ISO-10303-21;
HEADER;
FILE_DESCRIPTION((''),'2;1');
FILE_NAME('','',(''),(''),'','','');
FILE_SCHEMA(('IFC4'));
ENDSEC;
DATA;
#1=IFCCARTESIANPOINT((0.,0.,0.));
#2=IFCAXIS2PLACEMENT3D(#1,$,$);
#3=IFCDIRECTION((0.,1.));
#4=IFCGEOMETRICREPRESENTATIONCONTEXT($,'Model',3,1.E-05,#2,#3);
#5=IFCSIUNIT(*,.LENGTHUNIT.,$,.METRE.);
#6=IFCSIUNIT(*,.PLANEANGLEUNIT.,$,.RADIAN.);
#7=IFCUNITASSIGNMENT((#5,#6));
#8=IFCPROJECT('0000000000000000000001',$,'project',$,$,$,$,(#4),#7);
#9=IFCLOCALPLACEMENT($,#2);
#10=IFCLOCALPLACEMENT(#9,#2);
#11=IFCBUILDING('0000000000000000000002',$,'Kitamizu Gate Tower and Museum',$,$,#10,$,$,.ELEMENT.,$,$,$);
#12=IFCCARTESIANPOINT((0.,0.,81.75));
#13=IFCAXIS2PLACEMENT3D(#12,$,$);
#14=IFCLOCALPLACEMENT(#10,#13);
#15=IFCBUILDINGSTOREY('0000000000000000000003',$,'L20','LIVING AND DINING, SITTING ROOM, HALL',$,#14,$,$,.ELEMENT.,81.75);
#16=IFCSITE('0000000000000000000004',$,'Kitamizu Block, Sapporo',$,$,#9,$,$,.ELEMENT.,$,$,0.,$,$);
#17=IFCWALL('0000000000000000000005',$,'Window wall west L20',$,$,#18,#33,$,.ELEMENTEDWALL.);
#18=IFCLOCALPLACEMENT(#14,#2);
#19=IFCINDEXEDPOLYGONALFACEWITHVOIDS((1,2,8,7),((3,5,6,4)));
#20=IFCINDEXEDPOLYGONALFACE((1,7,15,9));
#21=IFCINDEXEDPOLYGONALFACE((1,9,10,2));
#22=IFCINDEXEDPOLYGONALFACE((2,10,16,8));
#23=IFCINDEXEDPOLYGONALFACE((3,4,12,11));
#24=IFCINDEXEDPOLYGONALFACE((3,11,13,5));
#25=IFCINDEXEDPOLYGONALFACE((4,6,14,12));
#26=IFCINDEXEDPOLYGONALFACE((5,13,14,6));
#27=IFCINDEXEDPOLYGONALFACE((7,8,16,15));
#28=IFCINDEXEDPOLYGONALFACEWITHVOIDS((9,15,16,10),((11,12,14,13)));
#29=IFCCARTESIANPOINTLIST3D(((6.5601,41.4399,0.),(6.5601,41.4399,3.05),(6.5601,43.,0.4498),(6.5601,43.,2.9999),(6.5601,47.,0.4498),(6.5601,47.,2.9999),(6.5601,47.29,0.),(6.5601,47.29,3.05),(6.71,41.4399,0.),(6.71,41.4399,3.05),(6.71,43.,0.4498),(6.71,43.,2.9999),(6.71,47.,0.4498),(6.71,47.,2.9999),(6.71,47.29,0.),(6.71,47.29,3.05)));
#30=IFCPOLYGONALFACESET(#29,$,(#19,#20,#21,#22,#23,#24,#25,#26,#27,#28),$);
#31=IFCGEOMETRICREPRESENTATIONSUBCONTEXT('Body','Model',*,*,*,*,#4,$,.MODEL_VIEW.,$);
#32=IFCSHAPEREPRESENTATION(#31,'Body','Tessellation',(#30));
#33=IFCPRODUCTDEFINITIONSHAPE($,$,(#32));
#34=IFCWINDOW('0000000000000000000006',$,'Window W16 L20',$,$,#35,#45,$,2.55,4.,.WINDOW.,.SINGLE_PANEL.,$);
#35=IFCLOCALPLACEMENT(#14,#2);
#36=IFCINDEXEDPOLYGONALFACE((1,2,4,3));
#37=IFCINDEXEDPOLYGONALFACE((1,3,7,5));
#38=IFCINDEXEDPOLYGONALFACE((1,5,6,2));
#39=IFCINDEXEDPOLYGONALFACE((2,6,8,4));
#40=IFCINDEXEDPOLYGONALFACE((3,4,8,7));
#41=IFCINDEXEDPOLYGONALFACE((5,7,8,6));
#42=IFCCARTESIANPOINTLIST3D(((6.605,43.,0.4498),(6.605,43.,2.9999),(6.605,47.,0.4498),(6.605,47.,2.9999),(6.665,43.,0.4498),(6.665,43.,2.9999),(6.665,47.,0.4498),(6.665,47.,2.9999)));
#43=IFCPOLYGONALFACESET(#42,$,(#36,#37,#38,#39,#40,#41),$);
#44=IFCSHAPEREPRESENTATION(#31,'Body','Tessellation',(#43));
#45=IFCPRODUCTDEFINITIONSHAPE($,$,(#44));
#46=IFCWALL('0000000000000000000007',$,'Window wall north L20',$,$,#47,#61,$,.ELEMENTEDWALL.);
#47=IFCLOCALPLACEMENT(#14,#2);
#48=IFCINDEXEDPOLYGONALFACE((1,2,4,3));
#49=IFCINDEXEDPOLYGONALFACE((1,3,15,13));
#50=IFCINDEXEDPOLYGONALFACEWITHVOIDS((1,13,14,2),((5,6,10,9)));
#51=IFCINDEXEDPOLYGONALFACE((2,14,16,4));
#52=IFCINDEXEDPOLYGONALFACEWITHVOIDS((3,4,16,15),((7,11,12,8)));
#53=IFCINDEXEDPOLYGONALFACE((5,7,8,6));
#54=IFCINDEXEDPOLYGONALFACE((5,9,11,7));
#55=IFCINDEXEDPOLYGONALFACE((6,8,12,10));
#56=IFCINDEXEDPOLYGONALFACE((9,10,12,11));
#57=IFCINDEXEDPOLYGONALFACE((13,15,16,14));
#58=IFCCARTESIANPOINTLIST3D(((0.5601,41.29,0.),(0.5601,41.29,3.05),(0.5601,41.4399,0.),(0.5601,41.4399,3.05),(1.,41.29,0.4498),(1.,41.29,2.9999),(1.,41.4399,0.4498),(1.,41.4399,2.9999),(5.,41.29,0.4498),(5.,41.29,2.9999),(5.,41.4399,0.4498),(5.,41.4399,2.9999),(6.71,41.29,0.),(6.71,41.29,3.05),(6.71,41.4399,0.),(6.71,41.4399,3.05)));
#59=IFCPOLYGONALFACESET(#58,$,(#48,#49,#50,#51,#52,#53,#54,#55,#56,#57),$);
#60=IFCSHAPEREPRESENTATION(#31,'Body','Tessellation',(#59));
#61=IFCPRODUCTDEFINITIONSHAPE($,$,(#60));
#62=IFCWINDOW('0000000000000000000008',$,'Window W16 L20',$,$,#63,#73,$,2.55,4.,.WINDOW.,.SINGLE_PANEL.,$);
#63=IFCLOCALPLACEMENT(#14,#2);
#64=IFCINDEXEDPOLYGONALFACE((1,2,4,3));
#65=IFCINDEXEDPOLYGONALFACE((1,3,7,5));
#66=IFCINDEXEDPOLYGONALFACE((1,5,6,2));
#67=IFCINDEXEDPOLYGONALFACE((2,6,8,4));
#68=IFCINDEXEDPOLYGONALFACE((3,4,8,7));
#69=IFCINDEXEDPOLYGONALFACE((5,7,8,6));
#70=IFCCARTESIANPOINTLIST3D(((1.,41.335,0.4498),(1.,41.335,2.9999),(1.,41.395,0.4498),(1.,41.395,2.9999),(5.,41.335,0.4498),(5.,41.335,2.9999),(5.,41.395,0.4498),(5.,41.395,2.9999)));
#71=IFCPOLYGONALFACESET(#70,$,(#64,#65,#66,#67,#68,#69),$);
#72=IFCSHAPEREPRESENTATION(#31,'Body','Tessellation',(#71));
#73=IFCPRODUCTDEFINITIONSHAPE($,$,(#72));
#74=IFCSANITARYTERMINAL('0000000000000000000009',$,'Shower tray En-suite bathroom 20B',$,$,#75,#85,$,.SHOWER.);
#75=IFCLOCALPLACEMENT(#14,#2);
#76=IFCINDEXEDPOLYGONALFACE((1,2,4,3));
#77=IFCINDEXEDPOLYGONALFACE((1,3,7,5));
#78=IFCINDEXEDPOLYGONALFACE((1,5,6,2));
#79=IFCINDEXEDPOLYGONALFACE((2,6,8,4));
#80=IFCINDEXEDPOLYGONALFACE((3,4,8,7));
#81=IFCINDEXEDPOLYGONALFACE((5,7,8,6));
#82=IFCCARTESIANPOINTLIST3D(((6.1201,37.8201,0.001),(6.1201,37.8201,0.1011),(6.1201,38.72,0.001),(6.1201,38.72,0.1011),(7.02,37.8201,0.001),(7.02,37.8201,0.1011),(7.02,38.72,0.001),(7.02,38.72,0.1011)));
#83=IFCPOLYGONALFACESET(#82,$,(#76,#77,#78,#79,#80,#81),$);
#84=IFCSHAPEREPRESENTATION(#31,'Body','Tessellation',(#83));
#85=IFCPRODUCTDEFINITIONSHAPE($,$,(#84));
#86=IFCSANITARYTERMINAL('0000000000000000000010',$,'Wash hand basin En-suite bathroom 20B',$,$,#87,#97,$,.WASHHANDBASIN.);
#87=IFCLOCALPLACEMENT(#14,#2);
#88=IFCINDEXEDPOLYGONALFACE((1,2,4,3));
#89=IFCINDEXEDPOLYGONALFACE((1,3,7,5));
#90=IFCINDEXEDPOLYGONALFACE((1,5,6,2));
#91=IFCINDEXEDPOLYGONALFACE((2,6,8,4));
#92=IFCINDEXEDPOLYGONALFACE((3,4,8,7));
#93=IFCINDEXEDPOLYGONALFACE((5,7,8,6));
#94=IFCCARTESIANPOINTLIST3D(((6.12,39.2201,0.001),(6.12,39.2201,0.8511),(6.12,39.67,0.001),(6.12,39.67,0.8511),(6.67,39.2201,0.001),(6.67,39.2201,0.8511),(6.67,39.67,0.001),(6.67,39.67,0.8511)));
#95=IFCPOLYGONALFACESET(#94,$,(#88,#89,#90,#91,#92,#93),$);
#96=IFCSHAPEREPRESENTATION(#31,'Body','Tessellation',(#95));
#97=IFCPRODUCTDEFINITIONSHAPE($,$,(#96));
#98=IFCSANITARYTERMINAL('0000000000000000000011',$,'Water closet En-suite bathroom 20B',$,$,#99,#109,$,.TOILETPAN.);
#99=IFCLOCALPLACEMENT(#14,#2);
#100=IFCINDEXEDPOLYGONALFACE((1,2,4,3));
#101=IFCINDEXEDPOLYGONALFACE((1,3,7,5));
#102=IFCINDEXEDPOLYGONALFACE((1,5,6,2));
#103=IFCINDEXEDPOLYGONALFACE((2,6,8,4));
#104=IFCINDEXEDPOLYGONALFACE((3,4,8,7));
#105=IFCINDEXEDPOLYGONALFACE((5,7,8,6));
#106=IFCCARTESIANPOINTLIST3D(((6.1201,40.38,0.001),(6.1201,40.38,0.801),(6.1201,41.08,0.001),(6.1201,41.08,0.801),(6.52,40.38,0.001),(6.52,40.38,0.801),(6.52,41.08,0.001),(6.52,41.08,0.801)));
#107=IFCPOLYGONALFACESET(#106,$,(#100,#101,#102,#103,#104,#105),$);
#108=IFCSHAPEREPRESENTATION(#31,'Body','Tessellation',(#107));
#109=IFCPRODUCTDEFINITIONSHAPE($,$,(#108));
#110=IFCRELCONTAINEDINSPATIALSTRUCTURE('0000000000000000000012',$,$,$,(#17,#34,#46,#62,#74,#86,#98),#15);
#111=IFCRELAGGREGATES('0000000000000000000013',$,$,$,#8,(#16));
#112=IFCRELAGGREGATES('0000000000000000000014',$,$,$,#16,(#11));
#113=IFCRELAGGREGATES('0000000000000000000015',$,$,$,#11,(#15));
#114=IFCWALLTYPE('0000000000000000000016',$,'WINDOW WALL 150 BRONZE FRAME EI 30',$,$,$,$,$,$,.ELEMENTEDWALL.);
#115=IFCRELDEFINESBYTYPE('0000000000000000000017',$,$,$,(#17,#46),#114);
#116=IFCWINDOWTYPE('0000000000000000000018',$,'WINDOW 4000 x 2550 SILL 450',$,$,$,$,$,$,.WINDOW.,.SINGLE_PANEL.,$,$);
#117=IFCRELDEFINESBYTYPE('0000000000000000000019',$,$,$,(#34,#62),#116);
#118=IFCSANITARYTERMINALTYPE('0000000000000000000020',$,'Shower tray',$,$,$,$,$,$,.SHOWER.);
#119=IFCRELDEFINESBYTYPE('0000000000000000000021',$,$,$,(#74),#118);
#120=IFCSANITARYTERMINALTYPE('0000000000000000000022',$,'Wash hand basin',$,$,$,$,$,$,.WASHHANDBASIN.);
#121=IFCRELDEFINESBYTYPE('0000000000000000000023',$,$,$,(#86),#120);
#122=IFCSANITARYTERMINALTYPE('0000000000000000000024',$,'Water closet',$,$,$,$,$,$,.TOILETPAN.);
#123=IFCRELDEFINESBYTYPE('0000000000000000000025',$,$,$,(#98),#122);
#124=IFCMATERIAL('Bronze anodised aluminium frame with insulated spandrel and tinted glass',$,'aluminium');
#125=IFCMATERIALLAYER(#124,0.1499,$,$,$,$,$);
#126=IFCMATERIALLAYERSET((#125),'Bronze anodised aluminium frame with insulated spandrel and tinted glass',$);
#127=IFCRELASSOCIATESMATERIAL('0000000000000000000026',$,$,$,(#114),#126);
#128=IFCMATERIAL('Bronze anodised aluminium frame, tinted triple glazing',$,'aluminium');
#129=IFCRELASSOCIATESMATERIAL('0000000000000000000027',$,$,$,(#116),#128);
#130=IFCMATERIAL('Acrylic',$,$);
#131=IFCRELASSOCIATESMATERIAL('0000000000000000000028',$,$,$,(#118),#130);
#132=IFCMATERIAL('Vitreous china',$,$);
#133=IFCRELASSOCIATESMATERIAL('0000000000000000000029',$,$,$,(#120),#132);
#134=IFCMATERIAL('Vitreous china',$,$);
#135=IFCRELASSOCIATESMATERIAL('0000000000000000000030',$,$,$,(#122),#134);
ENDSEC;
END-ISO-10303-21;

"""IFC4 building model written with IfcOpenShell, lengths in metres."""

from ifc_helpers import new_model, si_unit, direction, frame, frame_2d, origin, origin_2d, place, context, subcontext, project, spatial, rectangle, extrude, material, layer, layer_set, type_object, element, fill, save


model = new_model("IFC4")

# Units and contexts
model_context = context("Model", 3, precision=1e-05, world=origin(), true_north=direction((0.0, 1.0)))
body_context = subcontext(model_context, "Body", "Model", "MODEL_VIEW")
ifc_project = project(units=[si_unit("LENGTHUNIT", "METRE"), si_unit("PLANEANGLEUNIT", "RADIAN")], contexts=[model_context])

# Site, building, storey
site_placement = place(None, origin())
site = spatial("IfcSite", under=ifc_project, at=site_placement, Name="Kitamizu Block, Sapporo", CompositionType="ELEMENT", RefElevation=0.0)
building_placement = place(site_placement, origin())
building = spatial("IfcBuilding", under=site, at=building_placement, Name="Kitamizu Gate Tower and Museum", CompositionType="ELEMENT")
storey_placement = place(building_placement, frame((0.0, 0.0, 81.75)))
storey = spatial("IfcBuildingStorey", under=building, at=storey_placement, Name="L20", Description="LIVING AND DINING, SITTING ROOM, HALL", CompositionType="ELEMENT", Elevation=81.75)

# Shared definitions
ifc_material_1 = material(Name="Bronze anodised aluminium frame with insulated spandrel and tinted glass", Category="aluminium")
ifc_layer_1 = layer(ifc_material_1, 0.1499)
ifc_layer_set_1 = layer_set([ifc_layer_1], Name="Bronze anodised aluminium frame with insulated spandrel and tinted glass")
wall_type_1 = type_object("IfcWallType", Name="WINDOW WALL 150 BRONZE FRAME EI 30", PredefinedType="ELEMENTEDWALL", material=ifc_layer_set_1)

# Walls, openings, windows
wall_1_placement = place(storey_placement, frame((6.635, 41.4399, 0.0), z_axis=(0.0, 0.0, 1.0), x_axis=(0.0, 1.0, 0.0)))
wall_1 = element("IfcWall", 1, at=wall_1_placement, inside=storey, type_object=wall_type_1, Name="Window wall west L20", PredefinedType="ELEMENTEDWALL", context=body_context, shape_type="SweptSolid", body=[
    extrude(rectangle(XDim=5.8501, YDim=0.1499, at=frame_2d((2.925, 0.0))), origin(), (0.0, 0.0, 1.0), 3.05),
])
opening_1_placement = place(wall_1_placement, frame((1.5601, 0.0, 0.45)))
opening_1 = element("IfcOpeningElement", 2, at=opening_1_placement, cuts=wall_1, PredefinedType="OPENING", context=body_context, shape_type="SweptSolid", body=[
    extrude(rectangle(XDim=4.0, YDim=2.55, at=frame_2d((2.0, 1.2749))), frame((0.0, 0.085, 0.0), z_axis=(0.0, -1.0, 0.0), x_axis=(1.0, 0.0, 0.0)), (0.0, 0.0, 1.0), 0.1699),
])
ifc_material_2 = material(Name="Bronze anodised aluminium frame, tinted triple glazing", Category="aluminium")
window_type_1 = type_object("IfcWindowType", Name="WINDOW 4000 x 2550 SILL 450", PartitioningType="SINGLE_PANEL", PredefinedType="WINDOW", material=ifc_material_2)
window_1_placement = place(opening_1_placement, origin())
window_1 = element("IfcWindow", 3, at=window_1_placement, inside=storey, type_object=window_type_1, Name="Window W16 L20", OverallHeight=2.55, OverallWidth=4.0, PartitioningType="SINGLE_PANEL", PredefinedType="WINDOW", context=body_context, shape_type="SweptSolid", body=[
    extrude(rectangle(XDim=4.0, YDim=2.55, at=frame_2d((2.0, 1.2749))), frame((0.0, 0.03, 0.0), z_axis=(0.0, -1.0, 0.0), x_axis=(1.0, 0.0, 0.0)), (0.0, 0.0, 1.0), 0.0601),
])
fill(opening_1, window_1)
wall_2_placement = place(storey_placement, frame((0.5601, 41.365, 0.0), z_axis=(0.0, 0.0, 1.0), x_axis=(1.0, 0.0, 0.0)))
wall_2 = element("IfcWall", 4, at=wall_2_placement, inside=storey, type_object=wall_type_1, Name="Window wall north L20", PredefinedType="ELEMENTEDWALL", context=body_context, shape_type="SweptSolid", body=[
    extrude(rectangle(XDim=6.1499, YDim=0.1499, at=frame_2d((3.075, 0.0))), origin(), (0.0, 0.0, 1.0), 3.05),
])
opening_2_placement = place(wall_2_placement, frame((0.4399, 0.0, 0.45)))
opening_2 = element("IfcOpeningElement", 5, at=opening_2_placement, cuts=wall_2, PredefinedType="OPENING", context=body_context, shape_type="SweptSolid", body=[
    extrude(rectangle(XDim=4.0, YDim=2.55, at=frame_2d((2.0, 1.2749))), frame((0.0, 0.085, 0.0), z_axis=(0.0, -1.0, 0.0), x_axis=(1.0, 0.0, 0.0)), (0.0, 0.0, 1.0), 0.1699),
])
window_2_placement = place(opening_2_placement, origin())
window_2 = element("IfcWindow", 6, at=window_2_placement, inside=storey, type_object=window_type_1, Name="Window W16 L20", OverallHeight=2.55, OverallWidth=4.0, PartitioningType="SINGLE_PANEL", PredefinedType="WINDOW", context=body_context, shape_type="SweptSolid", body=[
    extrude(rectangle(XDim=4.0, YDim=2.55, at=frame_2d((2.0, 1.2749))), frame((0.0, 0.03, 0.0), z_axis=(0.0, -1.0, 0.0), x_axis=(1.0, 0.0, 0.0)), (0.0, 0.0, 1.0), 0.0601),
])
fill(opening_2, window_2)

# Sanitary terminals
ifc_material_3 = material(Name="Acrylic")
sanitary_terminal_type_1 = type_object("IfcSanitaryTerminalType", Name="Shower tray", PredefinedType="SHOWER", material=ifc_material_3)
sanitary_terminal_1_placement = place(storey_placement, frame((6.5701, 38.27, 0.001), z_axis=(0.0, 0.0, 1.0), x_axis=(1.0, 0.0, 0.0)))
element("IfcSanitaryTerminal", 7, at=sanitary_terminal_1_placement, inside=storey, type_object=sanitary_terminal_type_1, Name="Shower tray En-suite bathroom 20B", PredefinedType="SHOWER", context=body_context, shape_type="SweptSolid", body=[
    extrude(rectangle(XDim=0.8999, YDim=0.8999, at=origin_2d()), origin(), (0.0, 0.0, 1.0), 0.1001),
])
ifc_material_4 = material(Name="Vitreous china")
sanitary_terminal_type_2 = type_object("IfcSanitaryTerminalType", Name="Wash hand basin", PredefinedType="WASHHANDBASIN", material=ifc_material_4)
sanitary_terminal_2_placement = place(storey_placement, frame((6.395, 39.4451, 0.001), z_axis=(0.0, 0.0, 1.0), x_axis=(1.0, 0.0, 0.0)))
element("IfcSanitaryTerminal", 8, at=sanitary_terminal_2_placement, inside=storey, type_object=sanitary_terminal_type_2, Name="Wash hand basin En-suite bathroom 20B", PredefinedType="WASHHANDBASIN", context=body_context, shape_type="SweptSolid", body=[
    extrude(rectangle(XDim=0.55, YDim=0.45, at=origin_2d()), origin(), (0.0, 0.0, 1.0), 0.8501),
])
ifc_material_5 = material(Name="Vitreous china")
sanitary_terminal_type_3 = type_object("IfcSanitaryTerminalType", Name="Water closet", PredefinedType="TOILETPAN", material=ifc_material_5)
sanitary_terminal_3_placement = place(storey_placement, frame((6.3201, 40.73, 0.001), z_axis=(0.0, 0.0, 1.0), x_axis=(1.0, 0.0, 0.0)))
element("IfcSanitaryTerminal", 9, at=sanitary_terminal_3_placement, inside=storey, type_object=sanitary_terminal_type_3, Name="Water closet En-suite bathroom 20B", PredefinedType="TOILETPAN", context=body_context, shape_type="SweptSolid", body=[
    extrude(rectangle(XDim=0.3999, YDim=0.7, at=origin_2d()), origin(), (0.0, 0.0, 1.0), 0.8),
])

save(model, "model.ifc")
